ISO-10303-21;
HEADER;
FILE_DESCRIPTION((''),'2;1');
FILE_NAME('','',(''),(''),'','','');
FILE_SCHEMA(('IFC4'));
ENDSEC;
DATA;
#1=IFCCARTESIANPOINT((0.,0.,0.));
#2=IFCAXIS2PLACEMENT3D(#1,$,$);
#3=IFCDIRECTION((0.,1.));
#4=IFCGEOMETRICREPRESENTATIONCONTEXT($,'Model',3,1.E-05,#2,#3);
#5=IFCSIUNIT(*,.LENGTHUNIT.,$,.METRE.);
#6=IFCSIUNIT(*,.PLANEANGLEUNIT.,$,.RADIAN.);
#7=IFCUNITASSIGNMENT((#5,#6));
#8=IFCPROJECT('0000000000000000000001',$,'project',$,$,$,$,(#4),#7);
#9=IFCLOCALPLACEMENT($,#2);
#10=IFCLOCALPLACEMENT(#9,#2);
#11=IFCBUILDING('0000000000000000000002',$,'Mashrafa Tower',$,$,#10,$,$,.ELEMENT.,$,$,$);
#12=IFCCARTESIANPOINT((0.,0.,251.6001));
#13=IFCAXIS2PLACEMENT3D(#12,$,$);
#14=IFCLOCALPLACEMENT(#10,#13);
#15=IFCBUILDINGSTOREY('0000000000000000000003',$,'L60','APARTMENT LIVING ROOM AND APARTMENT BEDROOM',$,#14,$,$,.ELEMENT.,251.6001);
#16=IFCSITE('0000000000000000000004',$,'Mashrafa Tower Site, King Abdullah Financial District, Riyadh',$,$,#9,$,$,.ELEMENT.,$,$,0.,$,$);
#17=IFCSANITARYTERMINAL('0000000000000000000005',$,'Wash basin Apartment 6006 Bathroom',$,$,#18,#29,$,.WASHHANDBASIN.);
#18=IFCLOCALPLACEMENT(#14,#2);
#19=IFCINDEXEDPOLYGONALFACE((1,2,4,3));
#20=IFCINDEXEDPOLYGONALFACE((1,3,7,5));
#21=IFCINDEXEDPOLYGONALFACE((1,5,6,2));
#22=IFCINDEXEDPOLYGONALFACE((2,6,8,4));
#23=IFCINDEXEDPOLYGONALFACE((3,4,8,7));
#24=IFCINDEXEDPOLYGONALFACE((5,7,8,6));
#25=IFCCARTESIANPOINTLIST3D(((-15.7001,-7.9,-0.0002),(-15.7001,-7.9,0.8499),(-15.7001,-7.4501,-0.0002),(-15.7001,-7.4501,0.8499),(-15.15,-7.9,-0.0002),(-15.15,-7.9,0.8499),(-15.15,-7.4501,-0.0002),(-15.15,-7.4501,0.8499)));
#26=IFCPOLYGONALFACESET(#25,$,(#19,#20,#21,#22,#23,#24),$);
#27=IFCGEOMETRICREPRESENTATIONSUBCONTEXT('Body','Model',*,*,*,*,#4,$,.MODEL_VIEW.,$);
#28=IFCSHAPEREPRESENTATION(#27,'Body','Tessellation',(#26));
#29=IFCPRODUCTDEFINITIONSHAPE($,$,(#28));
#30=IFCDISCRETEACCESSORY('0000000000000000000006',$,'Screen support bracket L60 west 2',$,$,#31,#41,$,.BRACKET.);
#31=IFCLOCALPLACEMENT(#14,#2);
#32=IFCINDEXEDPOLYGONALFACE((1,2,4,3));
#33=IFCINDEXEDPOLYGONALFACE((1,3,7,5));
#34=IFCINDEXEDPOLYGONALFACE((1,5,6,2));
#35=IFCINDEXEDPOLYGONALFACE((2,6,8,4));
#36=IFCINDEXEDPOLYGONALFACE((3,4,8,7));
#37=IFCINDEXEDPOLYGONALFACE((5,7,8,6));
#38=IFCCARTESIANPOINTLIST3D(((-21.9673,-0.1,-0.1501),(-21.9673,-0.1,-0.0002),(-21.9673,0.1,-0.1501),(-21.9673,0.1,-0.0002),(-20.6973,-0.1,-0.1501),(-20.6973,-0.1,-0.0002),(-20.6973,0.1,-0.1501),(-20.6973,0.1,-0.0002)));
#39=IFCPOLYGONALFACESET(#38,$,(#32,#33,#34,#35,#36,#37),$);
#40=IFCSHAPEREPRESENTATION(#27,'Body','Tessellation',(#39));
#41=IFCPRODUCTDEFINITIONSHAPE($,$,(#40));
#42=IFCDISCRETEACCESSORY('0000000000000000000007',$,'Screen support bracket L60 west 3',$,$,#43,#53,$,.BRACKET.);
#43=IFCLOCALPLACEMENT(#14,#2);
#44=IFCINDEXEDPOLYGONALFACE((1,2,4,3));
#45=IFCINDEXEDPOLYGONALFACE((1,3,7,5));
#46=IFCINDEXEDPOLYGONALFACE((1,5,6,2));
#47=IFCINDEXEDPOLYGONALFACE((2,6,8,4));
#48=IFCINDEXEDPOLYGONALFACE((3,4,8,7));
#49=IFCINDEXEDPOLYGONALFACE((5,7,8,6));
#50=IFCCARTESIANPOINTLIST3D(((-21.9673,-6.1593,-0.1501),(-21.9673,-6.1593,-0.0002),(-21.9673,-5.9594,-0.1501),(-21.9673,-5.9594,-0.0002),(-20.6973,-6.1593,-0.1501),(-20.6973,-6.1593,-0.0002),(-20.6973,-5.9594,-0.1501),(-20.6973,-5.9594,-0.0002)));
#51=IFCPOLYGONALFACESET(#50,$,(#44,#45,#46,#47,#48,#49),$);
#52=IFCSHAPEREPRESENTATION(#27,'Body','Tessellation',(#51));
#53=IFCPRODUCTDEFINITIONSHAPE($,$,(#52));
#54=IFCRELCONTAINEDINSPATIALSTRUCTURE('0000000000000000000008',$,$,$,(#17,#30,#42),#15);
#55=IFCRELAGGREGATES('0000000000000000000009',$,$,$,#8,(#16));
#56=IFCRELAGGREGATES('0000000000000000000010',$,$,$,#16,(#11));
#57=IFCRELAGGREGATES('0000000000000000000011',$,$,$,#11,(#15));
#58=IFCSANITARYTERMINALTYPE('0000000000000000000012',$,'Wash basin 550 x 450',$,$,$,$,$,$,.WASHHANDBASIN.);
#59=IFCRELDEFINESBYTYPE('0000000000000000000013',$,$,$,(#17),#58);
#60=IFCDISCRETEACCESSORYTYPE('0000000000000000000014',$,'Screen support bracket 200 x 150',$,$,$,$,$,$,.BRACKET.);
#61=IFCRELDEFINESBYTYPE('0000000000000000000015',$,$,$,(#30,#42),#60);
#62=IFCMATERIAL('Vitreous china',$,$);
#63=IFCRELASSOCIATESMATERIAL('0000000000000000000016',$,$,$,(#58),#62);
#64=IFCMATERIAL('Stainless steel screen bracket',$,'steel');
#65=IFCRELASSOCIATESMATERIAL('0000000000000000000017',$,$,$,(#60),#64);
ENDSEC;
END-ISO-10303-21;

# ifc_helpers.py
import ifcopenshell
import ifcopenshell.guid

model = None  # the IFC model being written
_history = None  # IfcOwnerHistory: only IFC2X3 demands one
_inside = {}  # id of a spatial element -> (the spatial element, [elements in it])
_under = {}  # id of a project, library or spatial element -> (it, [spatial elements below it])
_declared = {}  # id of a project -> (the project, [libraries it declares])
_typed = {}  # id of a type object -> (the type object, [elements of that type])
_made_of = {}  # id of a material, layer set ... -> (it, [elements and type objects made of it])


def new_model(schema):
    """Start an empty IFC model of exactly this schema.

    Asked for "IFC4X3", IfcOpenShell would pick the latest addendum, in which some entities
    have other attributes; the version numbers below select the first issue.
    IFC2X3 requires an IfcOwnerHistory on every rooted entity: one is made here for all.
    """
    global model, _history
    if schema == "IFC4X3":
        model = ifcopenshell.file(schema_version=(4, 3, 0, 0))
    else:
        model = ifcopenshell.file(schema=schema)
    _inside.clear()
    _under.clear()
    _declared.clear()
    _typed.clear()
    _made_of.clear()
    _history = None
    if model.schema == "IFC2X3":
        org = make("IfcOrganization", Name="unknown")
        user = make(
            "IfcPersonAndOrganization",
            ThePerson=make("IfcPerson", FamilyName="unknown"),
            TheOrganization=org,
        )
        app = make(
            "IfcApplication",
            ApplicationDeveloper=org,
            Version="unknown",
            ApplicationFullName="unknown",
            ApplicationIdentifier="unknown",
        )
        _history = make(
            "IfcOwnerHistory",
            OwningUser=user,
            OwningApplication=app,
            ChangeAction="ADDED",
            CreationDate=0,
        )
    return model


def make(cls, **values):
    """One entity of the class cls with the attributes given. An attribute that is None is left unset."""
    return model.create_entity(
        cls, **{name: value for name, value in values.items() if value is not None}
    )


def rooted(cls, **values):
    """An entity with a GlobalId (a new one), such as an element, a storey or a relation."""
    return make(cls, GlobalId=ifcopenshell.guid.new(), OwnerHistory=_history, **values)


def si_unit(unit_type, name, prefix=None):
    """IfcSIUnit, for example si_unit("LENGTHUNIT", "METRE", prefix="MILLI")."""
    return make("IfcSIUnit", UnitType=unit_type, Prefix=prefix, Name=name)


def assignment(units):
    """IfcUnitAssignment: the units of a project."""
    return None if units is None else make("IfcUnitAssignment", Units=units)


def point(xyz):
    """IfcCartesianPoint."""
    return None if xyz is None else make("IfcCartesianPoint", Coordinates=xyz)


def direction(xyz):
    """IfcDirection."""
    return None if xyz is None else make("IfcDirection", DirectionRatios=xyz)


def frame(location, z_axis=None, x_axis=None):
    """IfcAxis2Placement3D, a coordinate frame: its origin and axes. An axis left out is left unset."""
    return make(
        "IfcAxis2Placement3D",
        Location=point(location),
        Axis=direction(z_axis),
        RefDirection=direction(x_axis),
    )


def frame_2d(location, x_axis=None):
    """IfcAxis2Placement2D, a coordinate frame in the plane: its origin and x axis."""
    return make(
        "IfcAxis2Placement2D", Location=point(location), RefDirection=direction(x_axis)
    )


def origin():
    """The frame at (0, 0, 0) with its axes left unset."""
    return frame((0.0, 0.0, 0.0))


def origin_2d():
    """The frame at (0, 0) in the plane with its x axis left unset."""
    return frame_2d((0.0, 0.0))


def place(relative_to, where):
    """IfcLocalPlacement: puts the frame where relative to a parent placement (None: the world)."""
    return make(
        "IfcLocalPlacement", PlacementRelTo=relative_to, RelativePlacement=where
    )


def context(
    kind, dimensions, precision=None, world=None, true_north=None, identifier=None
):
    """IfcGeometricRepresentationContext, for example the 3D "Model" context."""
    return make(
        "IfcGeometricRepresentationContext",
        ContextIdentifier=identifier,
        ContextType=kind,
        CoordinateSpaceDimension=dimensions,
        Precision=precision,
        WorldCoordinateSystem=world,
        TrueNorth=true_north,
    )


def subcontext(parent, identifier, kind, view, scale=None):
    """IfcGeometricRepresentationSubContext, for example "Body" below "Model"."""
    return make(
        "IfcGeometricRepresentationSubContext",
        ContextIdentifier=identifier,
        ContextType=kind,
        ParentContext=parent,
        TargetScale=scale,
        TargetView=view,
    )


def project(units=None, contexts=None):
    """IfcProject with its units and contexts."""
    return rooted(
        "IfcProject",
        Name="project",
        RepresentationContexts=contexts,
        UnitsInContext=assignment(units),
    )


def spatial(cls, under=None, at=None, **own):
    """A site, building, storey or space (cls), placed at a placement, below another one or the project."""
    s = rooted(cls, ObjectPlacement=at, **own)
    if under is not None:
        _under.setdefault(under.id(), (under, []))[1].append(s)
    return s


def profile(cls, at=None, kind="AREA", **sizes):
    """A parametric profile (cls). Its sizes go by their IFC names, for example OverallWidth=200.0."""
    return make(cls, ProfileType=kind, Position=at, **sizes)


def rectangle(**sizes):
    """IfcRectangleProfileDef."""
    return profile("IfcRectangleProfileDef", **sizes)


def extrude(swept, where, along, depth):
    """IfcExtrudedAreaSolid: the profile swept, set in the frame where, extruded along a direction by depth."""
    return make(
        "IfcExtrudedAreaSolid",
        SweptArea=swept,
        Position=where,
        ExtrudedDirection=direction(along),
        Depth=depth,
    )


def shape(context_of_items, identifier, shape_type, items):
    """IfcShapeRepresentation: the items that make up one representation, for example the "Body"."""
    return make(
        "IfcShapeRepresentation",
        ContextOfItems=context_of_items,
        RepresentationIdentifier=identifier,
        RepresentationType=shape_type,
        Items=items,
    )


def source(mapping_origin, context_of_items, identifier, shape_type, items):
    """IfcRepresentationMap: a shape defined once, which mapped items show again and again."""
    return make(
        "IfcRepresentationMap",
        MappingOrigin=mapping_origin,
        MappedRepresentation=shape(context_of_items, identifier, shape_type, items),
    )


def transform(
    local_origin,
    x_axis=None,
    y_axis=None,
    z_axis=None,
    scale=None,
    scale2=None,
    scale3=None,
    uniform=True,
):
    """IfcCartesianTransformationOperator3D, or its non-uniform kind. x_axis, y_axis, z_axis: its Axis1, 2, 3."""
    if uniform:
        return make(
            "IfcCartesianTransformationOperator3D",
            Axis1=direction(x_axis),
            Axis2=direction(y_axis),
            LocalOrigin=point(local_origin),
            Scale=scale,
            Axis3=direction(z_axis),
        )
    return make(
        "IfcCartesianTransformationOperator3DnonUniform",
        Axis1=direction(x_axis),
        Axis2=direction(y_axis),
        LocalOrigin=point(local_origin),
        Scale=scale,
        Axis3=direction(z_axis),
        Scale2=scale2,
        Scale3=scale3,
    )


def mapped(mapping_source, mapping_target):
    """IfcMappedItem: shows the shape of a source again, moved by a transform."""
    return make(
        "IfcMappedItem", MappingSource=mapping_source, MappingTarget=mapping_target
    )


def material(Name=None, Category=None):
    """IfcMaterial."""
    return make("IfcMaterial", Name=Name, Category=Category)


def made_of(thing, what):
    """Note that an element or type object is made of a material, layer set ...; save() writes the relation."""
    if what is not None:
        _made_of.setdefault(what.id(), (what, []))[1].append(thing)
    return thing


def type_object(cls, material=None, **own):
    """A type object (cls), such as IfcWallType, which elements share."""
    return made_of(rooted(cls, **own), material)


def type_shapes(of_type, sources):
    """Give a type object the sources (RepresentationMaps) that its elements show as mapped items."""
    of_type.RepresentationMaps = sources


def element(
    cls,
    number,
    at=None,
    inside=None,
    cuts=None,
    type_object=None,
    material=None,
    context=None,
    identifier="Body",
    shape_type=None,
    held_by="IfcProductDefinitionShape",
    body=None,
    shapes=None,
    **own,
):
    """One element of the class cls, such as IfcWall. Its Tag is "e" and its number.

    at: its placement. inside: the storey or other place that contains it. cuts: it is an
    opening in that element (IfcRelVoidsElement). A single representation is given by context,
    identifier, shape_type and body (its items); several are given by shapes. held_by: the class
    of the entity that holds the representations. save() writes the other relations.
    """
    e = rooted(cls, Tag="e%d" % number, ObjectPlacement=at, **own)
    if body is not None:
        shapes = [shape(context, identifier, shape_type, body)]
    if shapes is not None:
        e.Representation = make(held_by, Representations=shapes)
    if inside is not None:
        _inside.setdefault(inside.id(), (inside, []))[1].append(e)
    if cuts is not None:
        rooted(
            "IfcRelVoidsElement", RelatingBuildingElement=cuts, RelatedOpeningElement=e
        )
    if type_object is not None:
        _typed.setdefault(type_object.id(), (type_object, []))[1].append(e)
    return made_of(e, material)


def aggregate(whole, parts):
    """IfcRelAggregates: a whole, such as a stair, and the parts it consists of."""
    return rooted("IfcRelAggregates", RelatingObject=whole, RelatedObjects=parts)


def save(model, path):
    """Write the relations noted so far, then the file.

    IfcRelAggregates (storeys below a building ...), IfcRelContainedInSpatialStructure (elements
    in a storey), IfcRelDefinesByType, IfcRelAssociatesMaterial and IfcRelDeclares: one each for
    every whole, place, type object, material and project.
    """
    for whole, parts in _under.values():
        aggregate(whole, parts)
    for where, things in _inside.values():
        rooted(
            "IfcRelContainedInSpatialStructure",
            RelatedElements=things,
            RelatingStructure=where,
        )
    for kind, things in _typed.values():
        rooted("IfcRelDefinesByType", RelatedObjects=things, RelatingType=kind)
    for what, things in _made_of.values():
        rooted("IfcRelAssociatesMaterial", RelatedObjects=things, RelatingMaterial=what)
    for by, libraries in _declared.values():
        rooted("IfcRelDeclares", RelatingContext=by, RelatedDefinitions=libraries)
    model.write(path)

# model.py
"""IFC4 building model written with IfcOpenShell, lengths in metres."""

from ifc_helpers import new_model, si_unit, direction, frame, origin, origin_2d, place, context, subcontext, project, spatial, rectangle, extrude, source, transform, mapped, material, type_object, type_shapes, element, save


model = new_model("IFC4")

# Units and contexts
model_context = context("Model", 3, precision=1e-05, world=origin(), true_north=direction((0.0, 1.0)))
body_context = subcontext(model_context, "Body", "Model", "MODEL_VIEW")
ifc_project = project(units=[si_unit("LENGTHUNIT", "METRE"), si_unit("PLANEANGLEUNIT", "RADIAN")], contexts=[model_context])

# Site, building, storey
site_placement = place(None, origin())
site = spatial("IfcSite", under=ifc_project, at=site_placement, Name="Mashrafa Tower Site, King Abdullah Financial District, Riyadh", CompositionType="ELEMENT", RefElevation=0.0)
building_placement = place(site_placement, origin())
building = spatial("IfcBuilding", under=site, at=building_placement, Name="Mashrafa Tower", CompositionType="ELEMENT")
storey_placement = place(building_placement, frame((0.0, 0.0, 251.6001)))
storey = spatial("IfcBuildingStorey", under=building, at=storey_placement, Name="L60", Description="APARTMENT LIVING ROOM AND APARTMENT BEDROOM", CompositionType="ELEMENT", Elevation=251.6001)

# Sanitary terminal
ifc_material_1 = material(Name="Vitreous china")
sanitary_terminal_type_1 = type_object("IfcSanitaryTerminalType", Name="Wash basin 550 x 450", PredefinedType="WASHHANDBASIN", material=ifc_material_1)
sanitary_terminal_1_placement = place(storey_placement, frame((-15.425, -7.675, -0.0002), z_axis=(0.0, 0.0, 1.0), x_axis=(-1.0, 0.0, 0.0)))
element("IfcSanitaryTerminal", 1, at=sanitary_terminal_1_placement, inside=storey, type_object=sanitary_terminal_type_1, Name="Wash basin Apartment 6006 Bathroom", PredefinedType="WASHHANDBASIN", context=body_context, shape_type="SweptSolid", body=[
    extrude(rectangle(XDim=0.55, YDim=0.45, at=origin_2d()), origin(), (0.0, 0.0, 1.0), 0.8501),
])

# Discrete accessories
ifc_material_2 = material(Name="Stainless steel screen bracket", Category="steel")
discrete_accessory_type = type_object("IfcDiscreteAccessoryType", Name="Screen support bracket 200 x 150", PredefinedType="BRACKET", material=ifc_material_2)
shared_shape_1 = source(origin(), body_context, "Body", "SweptSolid", [
    extrude(rectangle(XDim=0.2, YDim=1.27, at=origin_2d()), origin(), (0.0, 0.0, 1.0), 0.1499),
])
type_shapes(discrete_accessory_type, [shared_shape_1])
for number, where, z_axis, x_axis, name in (
    (2, (-21.3323, 0.0, -0.1501), (0.0, 0.0, 1.0), (0.0, -1.0, 0.0), "Screen support bracket L60 west 2"),
    (3, (-21.3323, -6.0593, -0.1501), (0.0, 0.0, 1.0), (0.0, -1.0, 0.0), "Screen support bracket L60 west 3"),
):
    element("IfcDiscreteAccessory", number, at=place(storey_placement, frame(where, z_axis=z_axis, x_axis=x_axis)), inside=storey, type_object=discrete_accessory_type, Name=name, PredefinedType="BRACKET", context=body_context, shape_type="MappedRepresentation", body=[
        mapped(shared_shape_1, transform((0.0, 0.0, 0.0))),
    ])

save(model, "model.ifc")
